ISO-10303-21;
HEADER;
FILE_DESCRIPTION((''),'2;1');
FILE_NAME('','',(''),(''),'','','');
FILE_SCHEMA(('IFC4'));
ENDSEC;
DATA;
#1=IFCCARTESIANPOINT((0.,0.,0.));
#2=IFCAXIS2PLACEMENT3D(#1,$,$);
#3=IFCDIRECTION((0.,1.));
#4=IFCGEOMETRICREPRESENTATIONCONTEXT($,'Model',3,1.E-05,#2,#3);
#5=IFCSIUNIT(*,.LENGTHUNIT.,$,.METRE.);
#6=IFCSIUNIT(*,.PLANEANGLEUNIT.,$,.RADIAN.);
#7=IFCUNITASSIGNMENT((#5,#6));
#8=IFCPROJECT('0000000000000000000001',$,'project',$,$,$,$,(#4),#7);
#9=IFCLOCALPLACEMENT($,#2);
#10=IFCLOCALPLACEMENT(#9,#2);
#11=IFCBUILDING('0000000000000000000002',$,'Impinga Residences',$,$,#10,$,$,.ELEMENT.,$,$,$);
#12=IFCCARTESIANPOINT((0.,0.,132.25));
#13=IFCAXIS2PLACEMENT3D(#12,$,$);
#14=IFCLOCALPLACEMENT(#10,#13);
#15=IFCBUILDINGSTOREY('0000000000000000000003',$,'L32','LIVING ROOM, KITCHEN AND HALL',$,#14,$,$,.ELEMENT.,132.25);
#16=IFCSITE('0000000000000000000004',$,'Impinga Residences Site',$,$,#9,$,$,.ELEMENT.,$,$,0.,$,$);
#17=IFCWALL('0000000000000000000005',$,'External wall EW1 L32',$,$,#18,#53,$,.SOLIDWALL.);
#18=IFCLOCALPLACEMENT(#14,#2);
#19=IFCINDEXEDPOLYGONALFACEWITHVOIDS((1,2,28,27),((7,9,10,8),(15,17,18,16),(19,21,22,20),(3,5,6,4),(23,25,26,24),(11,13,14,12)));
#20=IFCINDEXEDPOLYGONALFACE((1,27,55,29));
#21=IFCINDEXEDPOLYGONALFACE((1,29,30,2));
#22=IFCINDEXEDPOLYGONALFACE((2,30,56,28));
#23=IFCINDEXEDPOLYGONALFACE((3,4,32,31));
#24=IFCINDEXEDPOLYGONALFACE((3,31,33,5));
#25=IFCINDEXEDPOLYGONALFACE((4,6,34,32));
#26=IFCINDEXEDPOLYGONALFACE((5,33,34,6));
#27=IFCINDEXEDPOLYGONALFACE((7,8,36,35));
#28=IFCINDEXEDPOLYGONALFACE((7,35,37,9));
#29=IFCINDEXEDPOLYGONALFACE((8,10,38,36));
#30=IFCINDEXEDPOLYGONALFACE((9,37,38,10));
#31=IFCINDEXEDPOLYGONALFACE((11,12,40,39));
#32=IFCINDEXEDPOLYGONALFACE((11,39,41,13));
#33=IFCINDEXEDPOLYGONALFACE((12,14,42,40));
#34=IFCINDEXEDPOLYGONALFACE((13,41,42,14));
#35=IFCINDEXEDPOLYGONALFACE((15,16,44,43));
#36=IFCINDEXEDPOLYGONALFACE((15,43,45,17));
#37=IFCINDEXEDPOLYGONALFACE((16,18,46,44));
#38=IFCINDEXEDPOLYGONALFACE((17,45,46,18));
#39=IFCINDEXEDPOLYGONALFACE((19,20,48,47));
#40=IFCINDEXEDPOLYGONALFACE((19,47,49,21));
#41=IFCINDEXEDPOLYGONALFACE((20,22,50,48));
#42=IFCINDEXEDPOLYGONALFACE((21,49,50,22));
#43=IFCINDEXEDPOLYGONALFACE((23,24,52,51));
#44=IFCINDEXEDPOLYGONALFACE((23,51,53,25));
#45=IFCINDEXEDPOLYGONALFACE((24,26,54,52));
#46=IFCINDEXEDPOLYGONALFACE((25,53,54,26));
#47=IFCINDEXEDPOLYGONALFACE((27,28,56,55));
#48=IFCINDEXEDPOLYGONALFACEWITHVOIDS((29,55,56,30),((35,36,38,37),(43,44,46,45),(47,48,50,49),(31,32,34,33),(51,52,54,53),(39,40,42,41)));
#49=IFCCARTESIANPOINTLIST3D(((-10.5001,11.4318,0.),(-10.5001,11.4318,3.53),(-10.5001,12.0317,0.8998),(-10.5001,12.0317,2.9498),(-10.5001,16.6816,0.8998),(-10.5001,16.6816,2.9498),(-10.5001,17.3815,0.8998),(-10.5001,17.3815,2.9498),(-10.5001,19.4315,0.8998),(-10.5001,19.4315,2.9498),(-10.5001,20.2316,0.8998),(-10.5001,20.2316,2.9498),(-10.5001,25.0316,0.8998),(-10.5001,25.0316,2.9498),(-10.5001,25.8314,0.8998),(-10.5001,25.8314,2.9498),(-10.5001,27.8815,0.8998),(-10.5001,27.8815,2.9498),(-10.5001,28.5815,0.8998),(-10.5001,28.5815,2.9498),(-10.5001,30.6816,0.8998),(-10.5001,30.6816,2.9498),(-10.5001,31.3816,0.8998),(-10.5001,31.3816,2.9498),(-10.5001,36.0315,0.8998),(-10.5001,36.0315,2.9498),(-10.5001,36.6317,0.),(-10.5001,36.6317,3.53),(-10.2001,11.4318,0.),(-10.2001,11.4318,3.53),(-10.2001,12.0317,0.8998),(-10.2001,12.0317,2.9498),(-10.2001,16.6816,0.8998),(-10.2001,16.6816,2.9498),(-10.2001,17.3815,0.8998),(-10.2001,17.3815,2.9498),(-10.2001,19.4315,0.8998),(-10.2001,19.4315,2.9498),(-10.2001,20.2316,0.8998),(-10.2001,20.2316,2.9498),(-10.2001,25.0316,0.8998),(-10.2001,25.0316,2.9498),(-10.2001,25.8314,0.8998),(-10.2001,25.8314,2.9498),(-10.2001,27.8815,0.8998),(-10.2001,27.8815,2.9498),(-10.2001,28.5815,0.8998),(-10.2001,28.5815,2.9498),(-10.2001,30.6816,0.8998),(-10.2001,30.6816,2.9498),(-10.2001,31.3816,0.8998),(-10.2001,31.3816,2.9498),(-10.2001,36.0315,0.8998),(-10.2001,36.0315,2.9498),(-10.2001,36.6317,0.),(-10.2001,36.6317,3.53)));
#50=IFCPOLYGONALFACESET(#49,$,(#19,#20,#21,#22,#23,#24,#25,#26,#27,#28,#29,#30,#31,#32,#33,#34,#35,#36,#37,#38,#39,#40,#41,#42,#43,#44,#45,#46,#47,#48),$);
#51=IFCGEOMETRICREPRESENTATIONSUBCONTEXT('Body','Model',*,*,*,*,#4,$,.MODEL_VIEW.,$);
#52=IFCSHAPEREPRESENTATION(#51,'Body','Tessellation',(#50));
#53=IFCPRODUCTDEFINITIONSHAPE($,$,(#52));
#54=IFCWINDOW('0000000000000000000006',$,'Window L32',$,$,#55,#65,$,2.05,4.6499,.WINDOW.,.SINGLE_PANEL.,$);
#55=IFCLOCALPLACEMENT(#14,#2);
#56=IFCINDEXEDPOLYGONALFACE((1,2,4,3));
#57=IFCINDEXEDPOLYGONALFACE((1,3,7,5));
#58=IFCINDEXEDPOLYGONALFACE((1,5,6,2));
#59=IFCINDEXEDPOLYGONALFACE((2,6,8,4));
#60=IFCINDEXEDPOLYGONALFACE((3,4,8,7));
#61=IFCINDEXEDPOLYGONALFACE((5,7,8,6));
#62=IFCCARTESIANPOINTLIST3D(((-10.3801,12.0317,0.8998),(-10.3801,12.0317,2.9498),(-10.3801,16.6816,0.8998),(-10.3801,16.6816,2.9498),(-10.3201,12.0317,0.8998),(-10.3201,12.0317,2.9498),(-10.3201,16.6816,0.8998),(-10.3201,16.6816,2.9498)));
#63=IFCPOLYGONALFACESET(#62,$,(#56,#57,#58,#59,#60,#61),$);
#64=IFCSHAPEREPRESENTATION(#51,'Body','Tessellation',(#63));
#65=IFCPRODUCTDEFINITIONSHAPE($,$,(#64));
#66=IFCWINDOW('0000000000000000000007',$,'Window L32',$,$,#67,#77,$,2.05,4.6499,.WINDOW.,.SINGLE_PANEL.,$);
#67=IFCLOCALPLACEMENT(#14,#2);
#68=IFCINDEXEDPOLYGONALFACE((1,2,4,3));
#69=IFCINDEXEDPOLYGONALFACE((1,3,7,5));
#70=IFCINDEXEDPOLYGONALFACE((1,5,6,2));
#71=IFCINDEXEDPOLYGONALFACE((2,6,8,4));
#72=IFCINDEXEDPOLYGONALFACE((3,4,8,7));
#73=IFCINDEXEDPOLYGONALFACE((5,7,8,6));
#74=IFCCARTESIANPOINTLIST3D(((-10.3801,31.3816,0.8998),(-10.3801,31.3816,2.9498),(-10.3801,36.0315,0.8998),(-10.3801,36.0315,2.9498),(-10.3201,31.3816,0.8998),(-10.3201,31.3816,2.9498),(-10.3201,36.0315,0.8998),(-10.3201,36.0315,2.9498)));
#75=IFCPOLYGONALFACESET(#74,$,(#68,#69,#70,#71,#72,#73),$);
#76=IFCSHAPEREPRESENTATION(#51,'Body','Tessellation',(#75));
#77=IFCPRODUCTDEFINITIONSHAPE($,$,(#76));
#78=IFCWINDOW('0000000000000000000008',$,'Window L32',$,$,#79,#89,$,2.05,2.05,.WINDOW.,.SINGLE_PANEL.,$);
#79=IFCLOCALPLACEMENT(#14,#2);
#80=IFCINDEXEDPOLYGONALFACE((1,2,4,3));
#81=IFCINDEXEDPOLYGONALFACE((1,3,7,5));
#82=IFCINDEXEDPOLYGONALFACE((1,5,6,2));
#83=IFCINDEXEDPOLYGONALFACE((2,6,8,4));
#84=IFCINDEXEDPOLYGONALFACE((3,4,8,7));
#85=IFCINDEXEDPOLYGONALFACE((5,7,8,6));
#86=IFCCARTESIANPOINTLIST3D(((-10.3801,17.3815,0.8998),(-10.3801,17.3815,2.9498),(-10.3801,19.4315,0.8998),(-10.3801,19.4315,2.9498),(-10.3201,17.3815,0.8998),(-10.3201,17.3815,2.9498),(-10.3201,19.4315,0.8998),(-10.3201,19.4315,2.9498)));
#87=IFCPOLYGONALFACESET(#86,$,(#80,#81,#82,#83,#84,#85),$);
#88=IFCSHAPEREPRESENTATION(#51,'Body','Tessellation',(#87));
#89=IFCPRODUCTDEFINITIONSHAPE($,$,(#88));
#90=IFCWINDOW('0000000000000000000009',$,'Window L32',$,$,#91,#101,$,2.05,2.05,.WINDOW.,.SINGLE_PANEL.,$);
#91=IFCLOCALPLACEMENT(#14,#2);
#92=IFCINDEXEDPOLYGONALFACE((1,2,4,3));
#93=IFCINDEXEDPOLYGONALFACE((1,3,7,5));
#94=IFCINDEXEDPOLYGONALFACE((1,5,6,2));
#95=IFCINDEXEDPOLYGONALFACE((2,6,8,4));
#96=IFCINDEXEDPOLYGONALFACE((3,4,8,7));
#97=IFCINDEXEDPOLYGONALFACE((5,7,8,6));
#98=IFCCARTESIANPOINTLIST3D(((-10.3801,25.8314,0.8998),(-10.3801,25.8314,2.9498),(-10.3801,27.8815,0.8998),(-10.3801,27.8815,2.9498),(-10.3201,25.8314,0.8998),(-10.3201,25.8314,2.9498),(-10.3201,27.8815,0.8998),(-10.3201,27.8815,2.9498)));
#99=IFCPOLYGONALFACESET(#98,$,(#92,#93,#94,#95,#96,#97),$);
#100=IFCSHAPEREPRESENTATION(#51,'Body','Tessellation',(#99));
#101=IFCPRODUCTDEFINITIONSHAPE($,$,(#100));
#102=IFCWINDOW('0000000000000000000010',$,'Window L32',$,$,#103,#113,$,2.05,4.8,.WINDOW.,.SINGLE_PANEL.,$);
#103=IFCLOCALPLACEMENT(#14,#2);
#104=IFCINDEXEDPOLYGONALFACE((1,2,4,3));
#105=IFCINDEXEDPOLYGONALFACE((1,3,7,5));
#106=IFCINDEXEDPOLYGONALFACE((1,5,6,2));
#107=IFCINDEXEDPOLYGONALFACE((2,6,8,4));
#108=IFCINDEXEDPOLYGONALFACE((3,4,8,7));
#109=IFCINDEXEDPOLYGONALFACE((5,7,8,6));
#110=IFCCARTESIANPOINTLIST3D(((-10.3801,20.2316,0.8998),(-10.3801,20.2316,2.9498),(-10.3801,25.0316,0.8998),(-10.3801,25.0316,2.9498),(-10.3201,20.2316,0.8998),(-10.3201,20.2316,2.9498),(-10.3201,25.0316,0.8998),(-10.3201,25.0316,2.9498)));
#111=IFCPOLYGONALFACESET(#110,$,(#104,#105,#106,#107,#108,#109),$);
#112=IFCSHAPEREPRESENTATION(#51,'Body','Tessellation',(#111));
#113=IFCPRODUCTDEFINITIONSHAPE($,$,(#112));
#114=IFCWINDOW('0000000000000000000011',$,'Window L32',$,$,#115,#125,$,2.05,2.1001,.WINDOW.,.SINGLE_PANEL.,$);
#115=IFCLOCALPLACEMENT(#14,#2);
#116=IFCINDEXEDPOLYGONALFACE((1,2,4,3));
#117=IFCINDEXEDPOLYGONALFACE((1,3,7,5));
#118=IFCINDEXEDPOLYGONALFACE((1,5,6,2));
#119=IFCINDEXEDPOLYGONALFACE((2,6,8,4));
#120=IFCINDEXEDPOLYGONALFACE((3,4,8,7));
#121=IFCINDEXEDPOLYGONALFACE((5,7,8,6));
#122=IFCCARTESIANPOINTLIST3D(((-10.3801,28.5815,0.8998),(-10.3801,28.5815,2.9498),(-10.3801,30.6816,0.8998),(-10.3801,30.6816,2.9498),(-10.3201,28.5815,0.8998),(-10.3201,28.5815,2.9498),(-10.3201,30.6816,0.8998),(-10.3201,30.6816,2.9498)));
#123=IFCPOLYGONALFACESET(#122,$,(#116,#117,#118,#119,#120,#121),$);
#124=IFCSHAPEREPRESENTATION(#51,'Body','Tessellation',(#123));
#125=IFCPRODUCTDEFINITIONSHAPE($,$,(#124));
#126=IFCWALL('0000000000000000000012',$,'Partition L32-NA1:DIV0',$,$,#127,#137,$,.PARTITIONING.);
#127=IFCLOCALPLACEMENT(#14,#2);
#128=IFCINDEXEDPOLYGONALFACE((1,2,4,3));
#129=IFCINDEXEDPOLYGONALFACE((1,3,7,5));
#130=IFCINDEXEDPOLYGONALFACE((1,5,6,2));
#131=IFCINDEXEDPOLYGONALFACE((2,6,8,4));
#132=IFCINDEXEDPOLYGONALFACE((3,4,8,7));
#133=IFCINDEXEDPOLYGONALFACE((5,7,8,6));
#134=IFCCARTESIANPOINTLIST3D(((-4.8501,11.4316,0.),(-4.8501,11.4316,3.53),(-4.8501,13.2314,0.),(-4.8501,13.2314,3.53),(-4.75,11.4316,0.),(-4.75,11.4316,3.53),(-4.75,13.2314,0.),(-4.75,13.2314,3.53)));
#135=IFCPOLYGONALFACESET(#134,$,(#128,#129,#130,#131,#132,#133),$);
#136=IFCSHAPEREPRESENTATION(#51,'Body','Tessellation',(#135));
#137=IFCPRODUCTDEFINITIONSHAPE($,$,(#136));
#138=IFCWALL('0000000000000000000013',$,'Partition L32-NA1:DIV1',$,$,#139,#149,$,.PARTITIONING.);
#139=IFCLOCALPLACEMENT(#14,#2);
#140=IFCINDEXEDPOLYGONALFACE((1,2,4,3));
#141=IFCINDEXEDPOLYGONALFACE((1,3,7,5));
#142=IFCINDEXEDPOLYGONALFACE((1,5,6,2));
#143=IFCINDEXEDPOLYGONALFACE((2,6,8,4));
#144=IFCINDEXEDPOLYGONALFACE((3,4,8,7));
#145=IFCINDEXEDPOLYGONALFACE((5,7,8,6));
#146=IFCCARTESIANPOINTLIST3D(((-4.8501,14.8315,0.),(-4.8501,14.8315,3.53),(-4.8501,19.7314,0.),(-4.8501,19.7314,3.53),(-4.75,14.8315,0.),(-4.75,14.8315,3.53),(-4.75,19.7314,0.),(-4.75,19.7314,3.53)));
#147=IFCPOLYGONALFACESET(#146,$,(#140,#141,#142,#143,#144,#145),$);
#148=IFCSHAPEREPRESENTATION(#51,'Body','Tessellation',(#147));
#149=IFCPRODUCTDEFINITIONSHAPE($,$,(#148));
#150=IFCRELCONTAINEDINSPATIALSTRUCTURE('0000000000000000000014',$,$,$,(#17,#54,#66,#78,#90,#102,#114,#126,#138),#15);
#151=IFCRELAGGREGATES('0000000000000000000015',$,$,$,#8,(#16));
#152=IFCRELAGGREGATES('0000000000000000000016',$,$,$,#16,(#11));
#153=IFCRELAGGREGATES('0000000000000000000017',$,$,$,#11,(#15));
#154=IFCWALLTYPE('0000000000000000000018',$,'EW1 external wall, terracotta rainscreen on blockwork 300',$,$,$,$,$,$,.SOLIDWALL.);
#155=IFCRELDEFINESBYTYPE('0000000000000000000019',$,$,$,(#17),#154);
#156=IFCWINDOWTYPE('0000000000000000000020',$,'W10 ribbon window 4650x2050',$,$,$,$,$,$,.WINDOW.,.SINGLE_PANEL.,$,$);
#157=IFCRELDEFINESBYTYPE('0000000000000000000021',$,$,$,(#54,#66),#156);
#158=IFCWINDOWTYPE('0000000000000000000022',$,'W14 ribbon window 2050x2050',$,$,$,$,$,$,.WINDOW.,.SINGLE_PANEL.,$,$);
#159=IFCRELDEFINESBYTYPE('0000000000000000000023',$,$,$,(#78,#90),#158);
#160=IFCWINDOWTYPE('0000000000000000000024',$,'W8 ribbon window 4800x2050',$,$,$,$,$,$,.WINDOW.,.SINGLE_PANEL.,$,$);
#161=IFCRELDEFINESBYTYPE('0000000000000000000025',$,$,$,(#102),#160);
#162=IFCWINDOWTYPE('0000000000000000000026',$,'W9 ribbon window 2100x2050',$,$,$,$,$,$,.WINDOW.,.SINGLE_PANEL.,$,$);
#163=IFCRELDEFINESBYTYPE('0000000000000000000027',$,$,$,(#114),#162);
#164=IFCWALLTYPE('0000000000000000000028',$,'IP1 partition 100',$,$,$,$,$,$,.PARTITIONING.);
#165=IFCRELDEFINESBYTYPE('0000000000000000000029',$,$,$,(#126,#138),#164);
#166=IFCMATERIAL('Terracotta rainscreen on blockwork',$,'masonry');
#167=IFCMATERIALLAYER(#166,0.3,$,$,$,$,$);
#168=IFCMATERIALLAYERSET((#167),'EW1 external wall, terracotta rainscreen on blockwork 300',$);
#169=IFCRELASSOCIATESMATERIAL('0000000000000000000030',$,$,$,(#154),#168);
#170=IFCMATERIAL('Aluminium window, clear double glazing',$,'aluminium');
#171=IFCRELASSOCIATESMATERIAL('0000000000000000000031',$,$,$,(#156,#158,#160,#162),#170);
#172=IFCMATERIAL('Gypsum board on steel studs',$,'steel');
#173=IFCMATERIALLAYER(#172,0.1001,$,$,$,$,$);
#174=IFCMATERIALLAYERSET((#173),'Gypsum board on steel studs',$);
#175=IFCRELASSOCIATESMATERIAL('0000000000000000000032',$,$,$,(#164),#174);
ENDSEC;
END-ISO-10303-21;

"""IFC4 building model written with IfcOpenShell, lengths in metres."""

from ifc_helpers import new_model, si_unit, direction, frame, frame_2d, origin, place, context, subcontext, project, spatial, rectangle, extrude, material, layer, layer_set, type_object, element, fill, save


model = new_model("IFC4")

# Units and contexts
model_context = context("Model", 3, precision=1e-05, world=origin(), true_north=direction((0.0, 1.0)))
body_context = subcontext(model_context, "Body", "Model", "MODEL_VIEW")
ifc_project = project(units=[si_unit("LENGTHUNIT", "METRE"), si_unit("PLANEANGLEUNIT", "RADIAN")], contexts=[model_context])

# Site, building, storey
site_placement = place(None, origin())
site = spatial("IfcSite", under=ifc_project, at=site_placement, Name="Impinga Residences Site", CompositionType="ELEMENT", RefElevation=0.0)
building_placement = place(site_placement, origin())
building = spatial("IfcBuilding", under=site, at=building_placement, Name="Impinga Residences", CompositionType="ELEMENT")
storey_placement = place(building_placement, frame((0.0, 0.0, 132.25)))
storey = spatial("IfcBuildingStorey", under=building, at=storey_placement, Name="L32", Description="LIVING ROOM, KITCHEN AND HALL", CompositionType="ELEMENT", Elevation=132.25)

# Shared definitions
ifc_material_1 = material(Name="Terracotta rainscreen on blockwork", Category="masonry")
ifc_layer_1 = layer(ifc_material_1, 0.3)
ifc_layer_set_1 = layer_set([ifc_layer_1], Name="EW1 external wall, terracotta rainscreen on blockwork 300")
wall_type_1 = type_object("IfcWallType", Name="EW1 external wall, terracotta rainscreen on blockwork 300", PredefinedType="SOLIDWALL", material=ifc_layer_set_1)

# Wall, openings, windows
wall_1_placement = place(storey_placement, frame((-10.3501, 11.4316, 0.0), z_axis=(0.0, 0.0, 1.0), x_axis=(0.0, 1.0, 0.0)))
wall_1 = element("IfcWall", 1, at=wall_1_placement, inside=storey, type_object=wall_type_1, Name="External wall EW1 L32", PredefinedType="SOLIDWALL", context=body_context, shape_type="SweptSolid", body=[
    extrude(rectangle(XDim=25.2, YDim=0.3, at=frame_2d((12.6001, 0.0))), origin(), (0.0, 0.0, 1.0), 3.53),
])
opening_1_placement = place(wall_1_placement, frame((0.6001, 0.0, 0.8999)))
opening_1 = element("IfcOpeningElement", 2, at=opening_1_placement, cuts=wall_1, PredefinedType="OPENING", context=body_context, shape_type="SweptSolid", body=[
    extrude(rectangle(XDim=4.6499, YDim=2.05, at=frame_2d((2.325, 1.0249))), frame((0.0, 0.1599, 0.0), z_axis=(0.0, -1.0, 0.0), x_axis=(1.0, 0.0, 0.0)), (0.0, 0.0, 1.0), 0.3201),
])
opening_2_placement = place(wall_1_placement, frame((5.95, 0.0, 0.8999)))
opening_2 = element("IfcOpeningElement", 3, at=opening_2_placement, cuts=wall_1, PredefinedType="OPENING", context=body_context, shape_type="SweptSolid", body=[
    extrude(rectangle(XDim=2.05, YDim=2.05, at=frame_2d((1.0249, 1.0249))), frame((0.0, 0.1599, 0.0), z_axis=(0.0, -1.0, 0.0), x_axis=(1.0, 0.0, 0.0)), (0.0, 0.0, 1.0), 0.3201),
])
opening_3_placement = place(wall_1_placement, frame((8.8, 0.0, 0.8999)))
opening_3 = element("IfcOpeningElement", 4, at=opening_3_placement, cuts=wall_1, PredefinedType="OPENING", context=body_context, shape_type="SweptSolid", body=[
    extrude(rectangle(XDim=4.8, YDim=2.05, at=frame_2d((2.3999, 1.0249))), frame((0.0, 0.1599, 0.0), z_axis=(0.0, -1.0, 0.0), x_axis=(1.0, 0.0, 0.0)), (0.0, 0.0, 1.0), 0.3201),
])
opening_4_placement = place(wall_1_placement, frame((14.3999, 0.0, 0.8999)))
opening_4 = element("IfcOpeningElement", 5, at=opening_4_placement, cuts=wall_1, PredefinedType="OPENING", context=body_context, shape_type="SweptSolid", body=[
    extrude(rectangle(XDim=2.05, YDim=2.05, at=frame_2d((1.0249, 1.0249))), frame((0.0, 0.1599, 0.0), z_axis=(0.0, -1.0, 0.0), x_axis=(1.0, 0.0, 0.0)), (0.0, 0.0, 1.0), 0.3201),
])
opening_5_placement = place(wall_1_placement, frame((17.1499, 0.0, 0.8999)))
opening_5 = element("IfcOpeningElement", 6, at=opening_5_placement, cuts=wall_1, PredefinedType="OPENING", context=body_context, shape_type="SweptSolid", body=[
    extrude(rectangle(XDim=2.1001, YDim=2.05, at=frame_2d((1.05, 1.0249))), frame((0.0, 0.1599, 0.0), z_axis=(0.0, -1.0, 0.0), x_axis=(1.0, 0.0, 0.0)), (0.0, 0.0, 1.0), 0.3201),
])
opening_6_placement = place(wall_1_placement, frame((19.95, 0.0, 0.8999)))
opening_6 = element("IfcOpeningElement", 7, at=opening_6_placement, cuts=wall_1, PredefinedType="OPENING", context=body_context, shape_type="SweptSolid", body=[
    extrude(rectangle(XDim=4.6499, YDim=2.05, at=frame_2d((2.325, 1.0249))), frame((0.0, 0.1599, 0.0), z_axis=(0.0, -1.0, 0.0), x_axis=(1.0, 0.0, 0.0)), (0.0, 0.0, 1.0), 0.3201),
])
ifc_material_2 = material(Name="Aluminium window, clear double glazing", Category="aluminium")
window_type_1 = type_object("IfcWindowType", Name="W10 ribbon window 4650x2050", PartitioningType="SINGLE_PANEL", PredefinedType="WINDOW", material=ifc_material_2)
window_1_placement = place(opening_1_placement, origin())
window_1 = element("IfcWindow", 8, at=window_1_placement, inside=storey, type_object=window_type_1, Name="Window L32", OverallHeight=2.05, OverallWidth=4.6499, PartitioningType="SINGLE_PANEL", PredefinedType="WINDOW", context=body_context, shape_type="SweptSolid", body=[
    extrude(rectangle(XDim=4.6499, YDim=2.05, at=frame_2d((2.325, 1.0249))), frame((0.0, 0.03, 0.0), z_axis=(0.0, -1.0, 0.0), x_axis=(1.0, 0.0, 0.0)), (0.0, 0.0, 1.0), 0.0601),
])
fill(opening_1, window_1)
window_2_placement = place(opening_6_placement, origin())
window_2 = element("IfcWindow", 9, at=window_2_placement, inside=storey, type_object=window_type_1, Name="Window L32", OverallHeight=2.05, OverallWidth=4.6499, PartitioningType="SINGLE_PANEL", PredefinedType="WINDOW", context=body_context, shape_type="SweptSolid", body=[
    extrude(rectangle(XDim=4.6499, YDim=2.05, at=frame_2d((2.325, 1.0249))), frame((0.0, 0.03, 0.0), z_axis=(0.0, -1.0, 0.0), x_axis=(1.0, 0.0, 0.0)), (0.0, 0.0, 1.0), 0.0601),
])
fill(opening_6, window_2)
window_type_2 = type_object("IfcWindowType", Name="W14 ribbon window 2050x2050", PartitioningType="SINGLE_PANEL", PredefinedType="WINDOW", material=ifc_material_2)
window_3_placement = place(opening_2_placement, origin())
window_3 = element("IfcWindow", 10, at=window_3_placement, inside=storey, type_object=window_type_2, Name="Window L32", OverallHeight=2.05, OverallWidth=2.05, PartitioningType="SINGLE_PANEL", PredefinedType="WINDOW", context=body_context, shape_type="SweptSolid", body=[
    extrude(rectangle(XDim=2.05, YDim=2.05, at=frame_2d((1.0249, 1.0249))), frame((0.0, 0.03, 0.0), z_axis=(0.0, -1.0, 0.0), x_axis=(1.0, 0.0, 0.0)), (0.0, 0.0, 1.0), 0.0601),
])
fill(opening_2, window_3)
window_4_placement = place(opening_4_placement, origin())
window_4 = element("IfcWindow", 11, at=window_4_placement, inside=storey, type_object=window_type_2, Name="Window L32", OverallHeight=2.05, OverallWidth=2.05, PartitioningType="SINGLE_PANEL", PredefinedType="WINDOW", context=body_context, shape_type="SweptSolid", body=[
    extrude(rectangle(XDim=2.05, YDim=2.05, at=frame_2d((1.0249, 1.0249))), frame((0.0, 0.03, 0.0), z_axis=(0.0, -1.0, 0.0), x_axis=(1.0, 0.0, 0.0)), (0.0, 0.0, 1.0), 0.0601),
])
fill(opening_4, window_4)
window_type_3 = type_object("IfcWindowType", Name="W8 ribbon window 4800x2050", PartitioningType="SINGLE_PANEL", PredefinedType="WINDOW", material=ifc_material_2)
window_5_placement = place(opening_3_placement, origin())
window_5 = element("IfcWindow", 12, at=window_5_placement, inside=storey, type_object=window_type_3, Name="Window L32", OverallHeight=2.05, OverallWidth=4.8, PartitioningType="SINGLE_PANEL", PredefinedType="WINDOW", context=body_context, shape_type="SweptSolid", body=[
    extrude(rectangle(XDim=4.8, YDim=2.05, at=frame_2d((2.3999, 1.0249))), frame((0.0, 0.03, 0.0), z_axis=(0.0, -1.0, 0.0), x_axis=(1.0, 0.0, 0.0)), (0.0, 0.0, 1.0), 0.0601),
])
fill(opening_3, window_5)
window_type_4 = type_object("IfcWindowType", Name="W9 ribbon window 2100x2050", PartitioningType="SINGLE_PANEL", PredefinedType="WINDOW", material=ifc_material_2)
window_6_placement = place(opening_5_placement, origin())
window_6 = element("IfcWindow", 13, at=window_6_placement, inside=storey, type_object=window_type_4, Name="Window L32", OverallHeight=2.05, OverallWidth=2.1001, PartitioningType="SINGLE_PANEL", PredefinedType="WINDOW", context=body_context, shape_type="SweptSolid", body=[
    extrude(rectangle(XDim=2.1001, YDim=2.05, at=frame_2d((1.05, 1.0249))), frame((0.0, 0.03, 0.0), z_axis=(0.0, -1.0, 0.0), x_axis=(1.0, 0.0, 0.0)), (0.0, 0.0, 1.0), 0.0601),
])
fill(opening_5, window_6)

# Walls
ifc_material_3 = material(Name="Gypsum board on steel studs", Category="steel")
ifc_layer_2 = layer(ifc_material_3, 0.1001)
ifc_layer_set_2 = layer_set([ifc_layer_2], Name="Gypsum board on steel studs")
wall_type_2 = type_object("IfcWallType", Name="IP1 partition 100", PredefinedType="PARTITIONING", material=ifc_layer_set_2)
wall_2_placement = place(storey_placement, frame((-4.8, 11.4316, 0.0), z_axis=(0.0, 0.0, 1.0), x_axis=(0.0, 1.0, 0.0)))
element("IfcWall", 14, at=wall_2_placement, inside=storey, type_object=wall_type_2, Name="Partition L32-NA1:DIV0", PredefinedType="PARTITIONING", context=body_context, shape_type="SweptSolid", body=[
    extrude(rectangle(XDim=1.7998, YDim=0.1001, at=frame_2d((0.8999, 0.0))), origin(), (0.0, 0.0, 1.0), 3.53),
])
wall_3_placement = place(storey_placement, frame((-4.8, 14.8315, 0.0), z_axis=(0.0, 0.0, 1.0), x_axis=(0.0, 1.0, 0.0)))
element("IfcWall", 15, at=wall_3_placement, inside=storey, type_object=wall_type_2, Name="Partition L32-NA1:DIV1", PredefinedType="PARTITIONING", context=body_context, shape_type="SweptSolid", body=[
    extrude(rectangle(XDim=4.8999, YDim=0.1001, at=frame_2d((2.45, 0.0))), origin(), (0.0, 0.0, 1.0), 3.53),
])

save(model, "model.ifc")
